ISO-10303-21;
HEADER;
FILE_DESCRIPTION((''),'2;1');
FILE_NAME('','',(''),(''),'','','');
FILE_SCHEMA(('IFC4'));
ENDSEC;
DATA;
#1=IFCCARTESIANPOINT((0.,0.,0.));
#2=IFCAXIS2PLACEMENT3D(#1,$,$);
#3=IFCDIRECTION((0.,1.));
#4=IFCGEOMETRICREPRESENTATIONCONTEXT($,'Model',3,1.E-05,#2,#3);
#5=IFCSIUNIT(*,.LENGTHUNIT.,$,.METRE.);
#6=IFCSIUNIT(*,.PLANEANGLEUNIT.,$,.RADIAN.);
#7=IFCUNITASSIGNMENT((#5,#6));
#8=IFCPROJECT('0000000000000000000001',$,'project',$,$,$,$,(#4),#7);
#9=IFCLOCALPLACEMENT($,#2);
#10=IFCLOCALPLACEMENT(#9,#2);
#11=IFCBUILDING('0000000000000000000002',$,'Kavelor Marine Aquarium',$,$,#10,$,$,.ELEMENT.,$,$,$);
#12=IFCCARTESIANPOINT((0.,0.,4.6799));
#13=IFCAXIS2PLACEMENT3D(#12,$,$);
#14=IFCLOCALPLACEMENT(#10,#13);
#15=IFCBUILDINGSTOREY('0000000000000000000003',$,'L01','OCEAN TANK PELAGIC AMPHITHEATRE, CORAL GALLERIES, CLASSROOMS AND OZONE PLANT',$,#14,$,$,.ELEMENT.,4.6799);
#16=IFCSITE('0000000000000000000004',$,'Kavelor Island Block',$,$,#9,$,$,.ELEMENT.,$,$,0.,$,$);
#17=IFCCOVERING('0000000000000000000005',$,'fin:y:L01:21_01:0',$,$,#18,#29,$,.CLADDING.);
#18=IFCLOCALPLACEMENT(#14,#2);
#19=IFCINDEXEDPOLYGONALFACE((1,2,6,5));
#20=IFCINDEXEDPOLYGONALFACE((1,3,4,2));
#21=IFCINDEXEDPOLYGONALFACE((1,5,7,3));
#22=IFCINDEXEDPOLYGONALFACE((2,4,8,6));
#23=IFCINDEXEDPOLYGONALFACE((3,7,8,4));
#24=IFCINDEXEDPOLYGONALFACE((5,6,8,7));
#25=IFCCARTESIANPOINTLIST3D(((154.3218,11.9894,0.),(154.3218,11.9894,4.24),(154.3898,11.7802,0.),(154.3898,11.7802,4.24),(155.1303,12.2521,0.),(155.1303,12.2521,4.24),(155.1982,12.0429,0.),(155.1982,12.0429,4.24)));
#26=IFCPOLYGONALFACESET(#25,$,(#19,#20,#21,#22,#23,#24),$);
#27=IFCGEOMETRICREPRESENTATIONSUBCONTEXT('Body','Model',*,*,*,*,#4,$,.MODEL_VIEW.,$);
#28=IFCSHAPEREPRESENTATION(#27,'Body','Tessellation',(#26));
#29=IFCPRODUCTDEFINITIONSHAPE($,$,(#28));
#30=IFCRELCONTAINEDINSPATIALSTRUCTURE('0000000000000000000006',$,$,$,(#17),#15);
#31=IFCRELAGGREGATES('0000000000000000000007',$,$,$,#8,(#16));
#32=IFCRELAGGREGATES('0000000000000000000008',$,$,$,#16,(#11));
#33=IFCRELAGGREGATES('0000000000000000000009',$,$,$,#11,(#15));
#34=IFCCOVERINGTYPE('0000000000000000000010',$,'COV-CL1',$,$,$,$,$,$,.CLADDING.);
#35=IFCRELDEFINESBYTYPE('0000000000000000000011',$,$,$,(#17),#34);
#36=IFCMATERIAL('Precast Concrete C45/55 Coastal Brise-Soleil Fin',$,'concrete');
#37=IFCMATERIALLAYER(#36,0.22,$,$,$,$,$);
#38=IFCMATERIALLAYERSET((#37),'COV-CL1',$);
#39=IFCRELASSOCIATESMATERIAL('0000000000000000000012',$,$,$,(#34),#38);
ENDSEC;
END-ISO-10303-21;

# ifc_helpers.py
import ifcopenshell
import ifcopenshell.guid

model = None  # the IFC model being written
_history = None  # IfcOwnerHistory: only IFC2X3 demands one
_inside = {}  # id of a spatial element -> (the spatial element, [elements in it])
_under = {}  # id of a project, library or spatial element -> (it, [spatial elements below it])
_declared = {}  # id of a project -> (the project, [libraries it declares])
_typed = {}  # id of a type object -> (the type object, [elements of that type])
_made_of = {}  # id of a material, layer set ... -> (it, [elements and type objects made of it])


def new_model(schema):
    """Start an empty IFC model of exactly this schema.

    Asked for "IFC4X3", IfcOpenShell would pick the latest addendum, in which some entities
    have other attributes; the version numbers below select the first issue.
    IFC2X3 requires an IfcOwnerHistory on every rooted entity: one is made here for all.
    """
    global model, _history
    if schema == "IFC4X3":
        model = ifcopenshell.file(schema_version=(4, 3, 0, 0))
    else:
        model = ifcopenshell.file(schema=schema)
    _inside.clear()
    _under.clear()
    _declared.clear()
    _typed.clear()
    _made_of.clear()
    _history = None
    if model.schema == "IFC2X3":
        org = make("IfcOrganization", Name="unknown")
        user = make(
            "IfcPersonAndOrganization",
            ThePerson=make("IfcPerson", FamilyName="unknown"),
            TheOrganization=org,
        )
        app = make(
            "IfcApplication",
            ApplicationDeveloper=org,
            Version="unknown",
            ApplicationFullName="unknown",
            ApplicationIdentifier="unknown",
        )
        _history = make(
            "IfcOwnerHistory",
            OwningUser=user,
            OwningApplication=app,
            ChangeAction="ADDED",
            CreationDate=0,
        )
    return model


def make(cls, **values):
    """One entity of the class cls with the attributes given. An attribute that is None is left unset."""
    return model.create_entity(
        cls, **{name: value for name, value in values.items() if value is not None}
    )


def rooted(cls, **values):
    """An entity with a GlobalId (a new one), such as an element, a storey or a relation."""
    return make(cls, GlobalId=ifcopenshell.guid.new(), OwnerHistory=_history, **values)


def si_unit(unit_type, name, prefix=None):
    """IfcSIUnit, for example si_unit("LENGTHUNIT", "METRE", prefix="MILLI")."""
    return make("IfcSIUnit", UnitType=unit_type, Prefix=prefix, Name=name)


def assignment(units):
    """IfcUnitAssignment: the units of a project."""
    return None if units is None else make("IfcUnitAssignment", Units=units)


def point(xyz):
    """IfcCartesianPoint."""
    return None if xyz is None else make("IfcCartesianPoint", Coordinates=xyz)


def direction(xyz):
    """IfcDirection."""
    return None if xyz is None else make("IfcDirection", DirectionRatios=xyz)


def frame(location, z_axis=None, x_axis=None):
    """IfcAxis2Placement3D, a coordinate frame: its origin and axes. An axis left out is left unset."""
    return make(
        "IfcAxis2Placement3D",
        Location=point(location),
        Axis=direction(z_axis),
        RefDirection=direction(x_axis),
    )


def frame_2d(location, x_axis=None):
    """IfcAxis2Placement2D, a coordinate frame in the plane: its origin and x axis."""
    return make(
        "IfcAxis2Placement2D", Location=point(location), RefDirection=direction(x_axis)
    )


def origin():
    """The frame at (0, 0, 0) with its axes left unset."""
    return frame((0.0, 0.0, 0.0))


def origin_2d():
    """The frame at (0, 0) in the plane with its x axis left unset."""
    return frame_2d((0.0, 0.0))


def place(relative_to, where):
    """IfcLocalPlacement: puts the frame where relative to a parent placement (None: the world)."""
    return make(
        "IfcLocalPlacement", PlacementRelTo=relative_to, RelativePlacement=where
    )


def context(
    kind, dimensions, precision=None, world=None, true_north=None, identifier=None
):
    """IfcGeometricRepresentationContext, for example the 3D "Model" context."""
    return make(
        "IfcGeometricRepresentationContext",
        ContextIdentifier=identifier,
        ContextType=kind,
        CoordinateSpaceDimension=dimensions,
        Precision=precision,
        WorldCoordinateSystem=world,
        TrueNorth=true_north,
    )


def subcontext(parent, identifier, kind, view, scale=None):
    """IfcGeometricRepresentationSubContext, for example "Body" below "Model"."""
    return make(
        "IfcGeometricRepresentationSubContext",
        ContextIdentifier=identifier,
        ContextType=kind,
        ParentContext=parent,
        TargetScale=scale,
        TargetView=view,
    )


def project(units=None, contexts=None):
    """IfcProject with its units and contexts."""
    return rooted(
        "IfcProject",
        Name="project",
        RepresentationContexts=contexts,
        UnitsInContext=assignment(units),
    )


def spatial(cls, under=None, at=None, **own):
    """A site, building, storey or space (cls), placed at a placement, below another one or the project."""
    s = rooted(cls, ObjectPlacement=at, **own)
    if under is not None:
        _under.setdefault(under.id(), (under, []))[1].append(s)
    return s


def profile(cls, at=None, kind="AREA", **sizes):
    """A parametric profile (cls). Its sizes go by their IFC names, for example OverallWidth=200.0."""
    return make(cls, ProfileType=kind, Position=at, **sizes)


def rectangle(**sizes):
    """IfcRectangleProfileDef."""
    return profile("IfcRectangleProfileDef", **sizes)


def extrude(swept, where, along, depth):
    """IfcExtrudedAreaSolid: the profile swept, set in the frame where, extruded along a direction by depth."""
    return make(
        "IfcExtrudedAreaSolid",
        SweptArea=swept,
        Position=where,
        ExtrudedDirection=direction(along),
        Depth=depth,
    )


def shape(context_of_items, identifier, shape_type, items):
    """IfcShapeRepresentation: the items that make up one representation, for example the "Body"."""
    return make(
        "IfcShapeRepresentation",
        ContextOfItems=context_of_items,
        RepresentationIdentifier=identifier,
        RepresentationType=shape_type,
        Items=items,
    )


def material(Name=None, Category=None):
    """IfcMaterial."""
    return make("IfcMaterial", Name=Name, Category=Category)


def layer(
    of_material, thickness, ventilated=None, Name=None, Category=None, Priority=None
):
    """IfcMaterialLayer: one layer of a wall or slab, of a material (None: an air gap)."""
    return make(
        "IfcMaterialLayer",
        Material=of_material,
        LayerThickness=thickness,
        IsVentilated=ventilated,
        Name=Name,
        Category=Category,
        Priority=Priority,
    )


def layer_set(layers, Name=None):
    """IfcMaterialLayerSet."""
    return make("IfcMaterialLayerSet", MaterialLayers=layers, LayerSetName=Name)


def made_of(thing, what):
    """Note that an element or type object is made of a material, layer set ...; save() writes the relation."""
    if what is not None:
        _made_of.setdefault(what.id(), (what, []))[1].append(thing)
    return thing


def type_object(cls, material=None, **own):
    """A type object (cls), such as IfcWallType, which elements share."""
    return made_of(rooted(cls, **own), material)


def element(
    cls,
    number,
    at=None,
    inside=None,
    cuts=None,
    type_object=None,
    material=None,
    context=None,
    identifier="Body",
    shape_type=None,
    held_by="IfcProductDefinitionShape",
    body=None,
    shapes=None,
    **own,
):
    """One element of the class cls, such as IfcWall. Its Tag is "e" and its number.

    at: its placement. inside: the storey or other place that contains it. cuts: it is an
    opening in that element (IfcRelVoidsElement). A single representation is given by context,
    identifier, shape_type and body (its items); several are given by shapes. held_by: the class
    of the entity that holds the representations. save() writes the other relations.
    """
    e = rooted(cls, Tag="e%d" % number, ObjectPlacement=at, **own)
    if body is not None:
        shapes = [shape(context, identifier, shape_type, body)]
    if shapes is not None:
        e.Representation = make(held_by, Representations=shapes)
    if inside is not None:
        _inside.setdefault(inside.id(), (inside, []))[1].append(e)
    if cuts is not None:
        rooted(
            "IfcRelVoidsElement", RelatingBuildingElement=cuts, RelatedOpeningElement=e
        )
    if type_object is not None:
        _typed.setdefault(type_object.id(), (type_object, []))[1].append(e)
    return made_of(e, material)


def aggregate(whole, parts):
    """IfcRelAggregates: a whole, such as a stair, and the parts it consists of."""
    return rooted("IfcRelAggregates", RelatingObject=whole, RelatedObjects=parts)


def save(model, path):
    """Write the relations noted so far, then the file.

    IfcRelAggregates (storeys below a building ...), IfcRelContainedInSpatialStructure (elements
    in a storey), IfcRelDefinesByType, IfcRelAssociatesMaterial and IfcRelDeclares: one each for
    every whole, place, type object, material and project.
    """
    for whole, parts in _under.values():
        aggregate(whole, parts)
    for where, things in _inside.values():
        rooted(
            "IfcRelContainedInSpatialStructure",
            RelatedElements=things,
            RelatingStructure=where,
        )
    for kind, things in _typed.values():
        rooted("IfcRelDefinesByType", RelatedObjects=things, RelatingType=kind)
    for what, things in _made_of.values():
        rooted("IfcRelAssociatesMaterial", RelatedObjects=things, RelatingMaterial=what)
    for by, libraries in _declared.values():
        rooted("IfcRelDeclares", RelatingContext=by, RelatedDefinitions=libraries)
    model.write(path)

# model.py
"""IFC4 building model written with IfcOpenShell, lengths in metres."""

from ifc_helpers import new_model, si_unit, direction, frame, origin, origin_2d, place, context, subcontext, project, spatial, rectangle, extrude, material, layer, layer_set, type_object, element, save


model = new_model("IFC4")

# Units and contexts
model_context = context("Model", 3, precision=1e-05, world=origin(), true_north=direction((0.0, 1.0)))
body_context = subcontext(model_context, "Body", "Model", "MODEL_VIEW")
ifc_project = project(units=[si_unit("LENGTHUNIT", "METRE"), si_unit("PLANEANGLEUNIT", "RADIAN")], contexts=[model_context])

# Site, building, storey
site_placement = place(None, origin())
site = spatial("IfcSite", under=ifc_project, at=site_placement, Name="Kavelor Island Block", CompositionType="ELEMENT", RefElevation=0.0)
building_placement = place(site_placement, origin())
building = spatial("IfcBuilding", under=site, at=building_placement, Name="Kavelor Marine Aquarium", CompositionType="ELEMENT")
storey_placement = place(building_placement, frame((0.0, 0.0, 4.6799)))
storey = spatial("IfcBuildingStorey", under=building, at=storey_placement, Name="L01", Description="OCEAN TANK PELAGIC AMPHITHEATRE, CORAL GALLERIES, CLASSROOMS AND OZONE PLANT", CompositionType="ELEMENT", Elevation=4.6799)

# Covering
ifc_material_1 = material(Name="Precast Concrete C45/55 Coastal Brise-Soleil Fin", Category="concrete")
ifc_layer_1 = layer(ifc_material_1, 0.22)
ifc_layer_set_1 = layer_set([ifc_layer_1], Name="COV-CL1")
covering_type = type_object("IfcCoveringType", Name="COV-CL1", PredefinedType="CLADDING", material=ifc_layer_set_1)
for number, where, z_axis, x_axis, name in (
    (1, (154.76, 12.0161, 0.0), (0.0, 0.0, 1.0), (0.951057, 0.309017, 0.0), "fin:y:L01:21_01:0"),
):
    element("IfcCovering", number, at=place(storey_placement, frame(where, z_axis=z_axis, x_axis=x_axis)), inside=storey, type_object=covering_type, Name=name, PredefinedType="CLADDING", context=body_context, shape_type="SweptSolid", body=[
        extrude(rectangle(XDim=0.8501, YDim=0.22, at=origin_2d()), origin(), (0.0, 0.0, 1.0), 4.24),
    ])

save(model, "model.ifc")
